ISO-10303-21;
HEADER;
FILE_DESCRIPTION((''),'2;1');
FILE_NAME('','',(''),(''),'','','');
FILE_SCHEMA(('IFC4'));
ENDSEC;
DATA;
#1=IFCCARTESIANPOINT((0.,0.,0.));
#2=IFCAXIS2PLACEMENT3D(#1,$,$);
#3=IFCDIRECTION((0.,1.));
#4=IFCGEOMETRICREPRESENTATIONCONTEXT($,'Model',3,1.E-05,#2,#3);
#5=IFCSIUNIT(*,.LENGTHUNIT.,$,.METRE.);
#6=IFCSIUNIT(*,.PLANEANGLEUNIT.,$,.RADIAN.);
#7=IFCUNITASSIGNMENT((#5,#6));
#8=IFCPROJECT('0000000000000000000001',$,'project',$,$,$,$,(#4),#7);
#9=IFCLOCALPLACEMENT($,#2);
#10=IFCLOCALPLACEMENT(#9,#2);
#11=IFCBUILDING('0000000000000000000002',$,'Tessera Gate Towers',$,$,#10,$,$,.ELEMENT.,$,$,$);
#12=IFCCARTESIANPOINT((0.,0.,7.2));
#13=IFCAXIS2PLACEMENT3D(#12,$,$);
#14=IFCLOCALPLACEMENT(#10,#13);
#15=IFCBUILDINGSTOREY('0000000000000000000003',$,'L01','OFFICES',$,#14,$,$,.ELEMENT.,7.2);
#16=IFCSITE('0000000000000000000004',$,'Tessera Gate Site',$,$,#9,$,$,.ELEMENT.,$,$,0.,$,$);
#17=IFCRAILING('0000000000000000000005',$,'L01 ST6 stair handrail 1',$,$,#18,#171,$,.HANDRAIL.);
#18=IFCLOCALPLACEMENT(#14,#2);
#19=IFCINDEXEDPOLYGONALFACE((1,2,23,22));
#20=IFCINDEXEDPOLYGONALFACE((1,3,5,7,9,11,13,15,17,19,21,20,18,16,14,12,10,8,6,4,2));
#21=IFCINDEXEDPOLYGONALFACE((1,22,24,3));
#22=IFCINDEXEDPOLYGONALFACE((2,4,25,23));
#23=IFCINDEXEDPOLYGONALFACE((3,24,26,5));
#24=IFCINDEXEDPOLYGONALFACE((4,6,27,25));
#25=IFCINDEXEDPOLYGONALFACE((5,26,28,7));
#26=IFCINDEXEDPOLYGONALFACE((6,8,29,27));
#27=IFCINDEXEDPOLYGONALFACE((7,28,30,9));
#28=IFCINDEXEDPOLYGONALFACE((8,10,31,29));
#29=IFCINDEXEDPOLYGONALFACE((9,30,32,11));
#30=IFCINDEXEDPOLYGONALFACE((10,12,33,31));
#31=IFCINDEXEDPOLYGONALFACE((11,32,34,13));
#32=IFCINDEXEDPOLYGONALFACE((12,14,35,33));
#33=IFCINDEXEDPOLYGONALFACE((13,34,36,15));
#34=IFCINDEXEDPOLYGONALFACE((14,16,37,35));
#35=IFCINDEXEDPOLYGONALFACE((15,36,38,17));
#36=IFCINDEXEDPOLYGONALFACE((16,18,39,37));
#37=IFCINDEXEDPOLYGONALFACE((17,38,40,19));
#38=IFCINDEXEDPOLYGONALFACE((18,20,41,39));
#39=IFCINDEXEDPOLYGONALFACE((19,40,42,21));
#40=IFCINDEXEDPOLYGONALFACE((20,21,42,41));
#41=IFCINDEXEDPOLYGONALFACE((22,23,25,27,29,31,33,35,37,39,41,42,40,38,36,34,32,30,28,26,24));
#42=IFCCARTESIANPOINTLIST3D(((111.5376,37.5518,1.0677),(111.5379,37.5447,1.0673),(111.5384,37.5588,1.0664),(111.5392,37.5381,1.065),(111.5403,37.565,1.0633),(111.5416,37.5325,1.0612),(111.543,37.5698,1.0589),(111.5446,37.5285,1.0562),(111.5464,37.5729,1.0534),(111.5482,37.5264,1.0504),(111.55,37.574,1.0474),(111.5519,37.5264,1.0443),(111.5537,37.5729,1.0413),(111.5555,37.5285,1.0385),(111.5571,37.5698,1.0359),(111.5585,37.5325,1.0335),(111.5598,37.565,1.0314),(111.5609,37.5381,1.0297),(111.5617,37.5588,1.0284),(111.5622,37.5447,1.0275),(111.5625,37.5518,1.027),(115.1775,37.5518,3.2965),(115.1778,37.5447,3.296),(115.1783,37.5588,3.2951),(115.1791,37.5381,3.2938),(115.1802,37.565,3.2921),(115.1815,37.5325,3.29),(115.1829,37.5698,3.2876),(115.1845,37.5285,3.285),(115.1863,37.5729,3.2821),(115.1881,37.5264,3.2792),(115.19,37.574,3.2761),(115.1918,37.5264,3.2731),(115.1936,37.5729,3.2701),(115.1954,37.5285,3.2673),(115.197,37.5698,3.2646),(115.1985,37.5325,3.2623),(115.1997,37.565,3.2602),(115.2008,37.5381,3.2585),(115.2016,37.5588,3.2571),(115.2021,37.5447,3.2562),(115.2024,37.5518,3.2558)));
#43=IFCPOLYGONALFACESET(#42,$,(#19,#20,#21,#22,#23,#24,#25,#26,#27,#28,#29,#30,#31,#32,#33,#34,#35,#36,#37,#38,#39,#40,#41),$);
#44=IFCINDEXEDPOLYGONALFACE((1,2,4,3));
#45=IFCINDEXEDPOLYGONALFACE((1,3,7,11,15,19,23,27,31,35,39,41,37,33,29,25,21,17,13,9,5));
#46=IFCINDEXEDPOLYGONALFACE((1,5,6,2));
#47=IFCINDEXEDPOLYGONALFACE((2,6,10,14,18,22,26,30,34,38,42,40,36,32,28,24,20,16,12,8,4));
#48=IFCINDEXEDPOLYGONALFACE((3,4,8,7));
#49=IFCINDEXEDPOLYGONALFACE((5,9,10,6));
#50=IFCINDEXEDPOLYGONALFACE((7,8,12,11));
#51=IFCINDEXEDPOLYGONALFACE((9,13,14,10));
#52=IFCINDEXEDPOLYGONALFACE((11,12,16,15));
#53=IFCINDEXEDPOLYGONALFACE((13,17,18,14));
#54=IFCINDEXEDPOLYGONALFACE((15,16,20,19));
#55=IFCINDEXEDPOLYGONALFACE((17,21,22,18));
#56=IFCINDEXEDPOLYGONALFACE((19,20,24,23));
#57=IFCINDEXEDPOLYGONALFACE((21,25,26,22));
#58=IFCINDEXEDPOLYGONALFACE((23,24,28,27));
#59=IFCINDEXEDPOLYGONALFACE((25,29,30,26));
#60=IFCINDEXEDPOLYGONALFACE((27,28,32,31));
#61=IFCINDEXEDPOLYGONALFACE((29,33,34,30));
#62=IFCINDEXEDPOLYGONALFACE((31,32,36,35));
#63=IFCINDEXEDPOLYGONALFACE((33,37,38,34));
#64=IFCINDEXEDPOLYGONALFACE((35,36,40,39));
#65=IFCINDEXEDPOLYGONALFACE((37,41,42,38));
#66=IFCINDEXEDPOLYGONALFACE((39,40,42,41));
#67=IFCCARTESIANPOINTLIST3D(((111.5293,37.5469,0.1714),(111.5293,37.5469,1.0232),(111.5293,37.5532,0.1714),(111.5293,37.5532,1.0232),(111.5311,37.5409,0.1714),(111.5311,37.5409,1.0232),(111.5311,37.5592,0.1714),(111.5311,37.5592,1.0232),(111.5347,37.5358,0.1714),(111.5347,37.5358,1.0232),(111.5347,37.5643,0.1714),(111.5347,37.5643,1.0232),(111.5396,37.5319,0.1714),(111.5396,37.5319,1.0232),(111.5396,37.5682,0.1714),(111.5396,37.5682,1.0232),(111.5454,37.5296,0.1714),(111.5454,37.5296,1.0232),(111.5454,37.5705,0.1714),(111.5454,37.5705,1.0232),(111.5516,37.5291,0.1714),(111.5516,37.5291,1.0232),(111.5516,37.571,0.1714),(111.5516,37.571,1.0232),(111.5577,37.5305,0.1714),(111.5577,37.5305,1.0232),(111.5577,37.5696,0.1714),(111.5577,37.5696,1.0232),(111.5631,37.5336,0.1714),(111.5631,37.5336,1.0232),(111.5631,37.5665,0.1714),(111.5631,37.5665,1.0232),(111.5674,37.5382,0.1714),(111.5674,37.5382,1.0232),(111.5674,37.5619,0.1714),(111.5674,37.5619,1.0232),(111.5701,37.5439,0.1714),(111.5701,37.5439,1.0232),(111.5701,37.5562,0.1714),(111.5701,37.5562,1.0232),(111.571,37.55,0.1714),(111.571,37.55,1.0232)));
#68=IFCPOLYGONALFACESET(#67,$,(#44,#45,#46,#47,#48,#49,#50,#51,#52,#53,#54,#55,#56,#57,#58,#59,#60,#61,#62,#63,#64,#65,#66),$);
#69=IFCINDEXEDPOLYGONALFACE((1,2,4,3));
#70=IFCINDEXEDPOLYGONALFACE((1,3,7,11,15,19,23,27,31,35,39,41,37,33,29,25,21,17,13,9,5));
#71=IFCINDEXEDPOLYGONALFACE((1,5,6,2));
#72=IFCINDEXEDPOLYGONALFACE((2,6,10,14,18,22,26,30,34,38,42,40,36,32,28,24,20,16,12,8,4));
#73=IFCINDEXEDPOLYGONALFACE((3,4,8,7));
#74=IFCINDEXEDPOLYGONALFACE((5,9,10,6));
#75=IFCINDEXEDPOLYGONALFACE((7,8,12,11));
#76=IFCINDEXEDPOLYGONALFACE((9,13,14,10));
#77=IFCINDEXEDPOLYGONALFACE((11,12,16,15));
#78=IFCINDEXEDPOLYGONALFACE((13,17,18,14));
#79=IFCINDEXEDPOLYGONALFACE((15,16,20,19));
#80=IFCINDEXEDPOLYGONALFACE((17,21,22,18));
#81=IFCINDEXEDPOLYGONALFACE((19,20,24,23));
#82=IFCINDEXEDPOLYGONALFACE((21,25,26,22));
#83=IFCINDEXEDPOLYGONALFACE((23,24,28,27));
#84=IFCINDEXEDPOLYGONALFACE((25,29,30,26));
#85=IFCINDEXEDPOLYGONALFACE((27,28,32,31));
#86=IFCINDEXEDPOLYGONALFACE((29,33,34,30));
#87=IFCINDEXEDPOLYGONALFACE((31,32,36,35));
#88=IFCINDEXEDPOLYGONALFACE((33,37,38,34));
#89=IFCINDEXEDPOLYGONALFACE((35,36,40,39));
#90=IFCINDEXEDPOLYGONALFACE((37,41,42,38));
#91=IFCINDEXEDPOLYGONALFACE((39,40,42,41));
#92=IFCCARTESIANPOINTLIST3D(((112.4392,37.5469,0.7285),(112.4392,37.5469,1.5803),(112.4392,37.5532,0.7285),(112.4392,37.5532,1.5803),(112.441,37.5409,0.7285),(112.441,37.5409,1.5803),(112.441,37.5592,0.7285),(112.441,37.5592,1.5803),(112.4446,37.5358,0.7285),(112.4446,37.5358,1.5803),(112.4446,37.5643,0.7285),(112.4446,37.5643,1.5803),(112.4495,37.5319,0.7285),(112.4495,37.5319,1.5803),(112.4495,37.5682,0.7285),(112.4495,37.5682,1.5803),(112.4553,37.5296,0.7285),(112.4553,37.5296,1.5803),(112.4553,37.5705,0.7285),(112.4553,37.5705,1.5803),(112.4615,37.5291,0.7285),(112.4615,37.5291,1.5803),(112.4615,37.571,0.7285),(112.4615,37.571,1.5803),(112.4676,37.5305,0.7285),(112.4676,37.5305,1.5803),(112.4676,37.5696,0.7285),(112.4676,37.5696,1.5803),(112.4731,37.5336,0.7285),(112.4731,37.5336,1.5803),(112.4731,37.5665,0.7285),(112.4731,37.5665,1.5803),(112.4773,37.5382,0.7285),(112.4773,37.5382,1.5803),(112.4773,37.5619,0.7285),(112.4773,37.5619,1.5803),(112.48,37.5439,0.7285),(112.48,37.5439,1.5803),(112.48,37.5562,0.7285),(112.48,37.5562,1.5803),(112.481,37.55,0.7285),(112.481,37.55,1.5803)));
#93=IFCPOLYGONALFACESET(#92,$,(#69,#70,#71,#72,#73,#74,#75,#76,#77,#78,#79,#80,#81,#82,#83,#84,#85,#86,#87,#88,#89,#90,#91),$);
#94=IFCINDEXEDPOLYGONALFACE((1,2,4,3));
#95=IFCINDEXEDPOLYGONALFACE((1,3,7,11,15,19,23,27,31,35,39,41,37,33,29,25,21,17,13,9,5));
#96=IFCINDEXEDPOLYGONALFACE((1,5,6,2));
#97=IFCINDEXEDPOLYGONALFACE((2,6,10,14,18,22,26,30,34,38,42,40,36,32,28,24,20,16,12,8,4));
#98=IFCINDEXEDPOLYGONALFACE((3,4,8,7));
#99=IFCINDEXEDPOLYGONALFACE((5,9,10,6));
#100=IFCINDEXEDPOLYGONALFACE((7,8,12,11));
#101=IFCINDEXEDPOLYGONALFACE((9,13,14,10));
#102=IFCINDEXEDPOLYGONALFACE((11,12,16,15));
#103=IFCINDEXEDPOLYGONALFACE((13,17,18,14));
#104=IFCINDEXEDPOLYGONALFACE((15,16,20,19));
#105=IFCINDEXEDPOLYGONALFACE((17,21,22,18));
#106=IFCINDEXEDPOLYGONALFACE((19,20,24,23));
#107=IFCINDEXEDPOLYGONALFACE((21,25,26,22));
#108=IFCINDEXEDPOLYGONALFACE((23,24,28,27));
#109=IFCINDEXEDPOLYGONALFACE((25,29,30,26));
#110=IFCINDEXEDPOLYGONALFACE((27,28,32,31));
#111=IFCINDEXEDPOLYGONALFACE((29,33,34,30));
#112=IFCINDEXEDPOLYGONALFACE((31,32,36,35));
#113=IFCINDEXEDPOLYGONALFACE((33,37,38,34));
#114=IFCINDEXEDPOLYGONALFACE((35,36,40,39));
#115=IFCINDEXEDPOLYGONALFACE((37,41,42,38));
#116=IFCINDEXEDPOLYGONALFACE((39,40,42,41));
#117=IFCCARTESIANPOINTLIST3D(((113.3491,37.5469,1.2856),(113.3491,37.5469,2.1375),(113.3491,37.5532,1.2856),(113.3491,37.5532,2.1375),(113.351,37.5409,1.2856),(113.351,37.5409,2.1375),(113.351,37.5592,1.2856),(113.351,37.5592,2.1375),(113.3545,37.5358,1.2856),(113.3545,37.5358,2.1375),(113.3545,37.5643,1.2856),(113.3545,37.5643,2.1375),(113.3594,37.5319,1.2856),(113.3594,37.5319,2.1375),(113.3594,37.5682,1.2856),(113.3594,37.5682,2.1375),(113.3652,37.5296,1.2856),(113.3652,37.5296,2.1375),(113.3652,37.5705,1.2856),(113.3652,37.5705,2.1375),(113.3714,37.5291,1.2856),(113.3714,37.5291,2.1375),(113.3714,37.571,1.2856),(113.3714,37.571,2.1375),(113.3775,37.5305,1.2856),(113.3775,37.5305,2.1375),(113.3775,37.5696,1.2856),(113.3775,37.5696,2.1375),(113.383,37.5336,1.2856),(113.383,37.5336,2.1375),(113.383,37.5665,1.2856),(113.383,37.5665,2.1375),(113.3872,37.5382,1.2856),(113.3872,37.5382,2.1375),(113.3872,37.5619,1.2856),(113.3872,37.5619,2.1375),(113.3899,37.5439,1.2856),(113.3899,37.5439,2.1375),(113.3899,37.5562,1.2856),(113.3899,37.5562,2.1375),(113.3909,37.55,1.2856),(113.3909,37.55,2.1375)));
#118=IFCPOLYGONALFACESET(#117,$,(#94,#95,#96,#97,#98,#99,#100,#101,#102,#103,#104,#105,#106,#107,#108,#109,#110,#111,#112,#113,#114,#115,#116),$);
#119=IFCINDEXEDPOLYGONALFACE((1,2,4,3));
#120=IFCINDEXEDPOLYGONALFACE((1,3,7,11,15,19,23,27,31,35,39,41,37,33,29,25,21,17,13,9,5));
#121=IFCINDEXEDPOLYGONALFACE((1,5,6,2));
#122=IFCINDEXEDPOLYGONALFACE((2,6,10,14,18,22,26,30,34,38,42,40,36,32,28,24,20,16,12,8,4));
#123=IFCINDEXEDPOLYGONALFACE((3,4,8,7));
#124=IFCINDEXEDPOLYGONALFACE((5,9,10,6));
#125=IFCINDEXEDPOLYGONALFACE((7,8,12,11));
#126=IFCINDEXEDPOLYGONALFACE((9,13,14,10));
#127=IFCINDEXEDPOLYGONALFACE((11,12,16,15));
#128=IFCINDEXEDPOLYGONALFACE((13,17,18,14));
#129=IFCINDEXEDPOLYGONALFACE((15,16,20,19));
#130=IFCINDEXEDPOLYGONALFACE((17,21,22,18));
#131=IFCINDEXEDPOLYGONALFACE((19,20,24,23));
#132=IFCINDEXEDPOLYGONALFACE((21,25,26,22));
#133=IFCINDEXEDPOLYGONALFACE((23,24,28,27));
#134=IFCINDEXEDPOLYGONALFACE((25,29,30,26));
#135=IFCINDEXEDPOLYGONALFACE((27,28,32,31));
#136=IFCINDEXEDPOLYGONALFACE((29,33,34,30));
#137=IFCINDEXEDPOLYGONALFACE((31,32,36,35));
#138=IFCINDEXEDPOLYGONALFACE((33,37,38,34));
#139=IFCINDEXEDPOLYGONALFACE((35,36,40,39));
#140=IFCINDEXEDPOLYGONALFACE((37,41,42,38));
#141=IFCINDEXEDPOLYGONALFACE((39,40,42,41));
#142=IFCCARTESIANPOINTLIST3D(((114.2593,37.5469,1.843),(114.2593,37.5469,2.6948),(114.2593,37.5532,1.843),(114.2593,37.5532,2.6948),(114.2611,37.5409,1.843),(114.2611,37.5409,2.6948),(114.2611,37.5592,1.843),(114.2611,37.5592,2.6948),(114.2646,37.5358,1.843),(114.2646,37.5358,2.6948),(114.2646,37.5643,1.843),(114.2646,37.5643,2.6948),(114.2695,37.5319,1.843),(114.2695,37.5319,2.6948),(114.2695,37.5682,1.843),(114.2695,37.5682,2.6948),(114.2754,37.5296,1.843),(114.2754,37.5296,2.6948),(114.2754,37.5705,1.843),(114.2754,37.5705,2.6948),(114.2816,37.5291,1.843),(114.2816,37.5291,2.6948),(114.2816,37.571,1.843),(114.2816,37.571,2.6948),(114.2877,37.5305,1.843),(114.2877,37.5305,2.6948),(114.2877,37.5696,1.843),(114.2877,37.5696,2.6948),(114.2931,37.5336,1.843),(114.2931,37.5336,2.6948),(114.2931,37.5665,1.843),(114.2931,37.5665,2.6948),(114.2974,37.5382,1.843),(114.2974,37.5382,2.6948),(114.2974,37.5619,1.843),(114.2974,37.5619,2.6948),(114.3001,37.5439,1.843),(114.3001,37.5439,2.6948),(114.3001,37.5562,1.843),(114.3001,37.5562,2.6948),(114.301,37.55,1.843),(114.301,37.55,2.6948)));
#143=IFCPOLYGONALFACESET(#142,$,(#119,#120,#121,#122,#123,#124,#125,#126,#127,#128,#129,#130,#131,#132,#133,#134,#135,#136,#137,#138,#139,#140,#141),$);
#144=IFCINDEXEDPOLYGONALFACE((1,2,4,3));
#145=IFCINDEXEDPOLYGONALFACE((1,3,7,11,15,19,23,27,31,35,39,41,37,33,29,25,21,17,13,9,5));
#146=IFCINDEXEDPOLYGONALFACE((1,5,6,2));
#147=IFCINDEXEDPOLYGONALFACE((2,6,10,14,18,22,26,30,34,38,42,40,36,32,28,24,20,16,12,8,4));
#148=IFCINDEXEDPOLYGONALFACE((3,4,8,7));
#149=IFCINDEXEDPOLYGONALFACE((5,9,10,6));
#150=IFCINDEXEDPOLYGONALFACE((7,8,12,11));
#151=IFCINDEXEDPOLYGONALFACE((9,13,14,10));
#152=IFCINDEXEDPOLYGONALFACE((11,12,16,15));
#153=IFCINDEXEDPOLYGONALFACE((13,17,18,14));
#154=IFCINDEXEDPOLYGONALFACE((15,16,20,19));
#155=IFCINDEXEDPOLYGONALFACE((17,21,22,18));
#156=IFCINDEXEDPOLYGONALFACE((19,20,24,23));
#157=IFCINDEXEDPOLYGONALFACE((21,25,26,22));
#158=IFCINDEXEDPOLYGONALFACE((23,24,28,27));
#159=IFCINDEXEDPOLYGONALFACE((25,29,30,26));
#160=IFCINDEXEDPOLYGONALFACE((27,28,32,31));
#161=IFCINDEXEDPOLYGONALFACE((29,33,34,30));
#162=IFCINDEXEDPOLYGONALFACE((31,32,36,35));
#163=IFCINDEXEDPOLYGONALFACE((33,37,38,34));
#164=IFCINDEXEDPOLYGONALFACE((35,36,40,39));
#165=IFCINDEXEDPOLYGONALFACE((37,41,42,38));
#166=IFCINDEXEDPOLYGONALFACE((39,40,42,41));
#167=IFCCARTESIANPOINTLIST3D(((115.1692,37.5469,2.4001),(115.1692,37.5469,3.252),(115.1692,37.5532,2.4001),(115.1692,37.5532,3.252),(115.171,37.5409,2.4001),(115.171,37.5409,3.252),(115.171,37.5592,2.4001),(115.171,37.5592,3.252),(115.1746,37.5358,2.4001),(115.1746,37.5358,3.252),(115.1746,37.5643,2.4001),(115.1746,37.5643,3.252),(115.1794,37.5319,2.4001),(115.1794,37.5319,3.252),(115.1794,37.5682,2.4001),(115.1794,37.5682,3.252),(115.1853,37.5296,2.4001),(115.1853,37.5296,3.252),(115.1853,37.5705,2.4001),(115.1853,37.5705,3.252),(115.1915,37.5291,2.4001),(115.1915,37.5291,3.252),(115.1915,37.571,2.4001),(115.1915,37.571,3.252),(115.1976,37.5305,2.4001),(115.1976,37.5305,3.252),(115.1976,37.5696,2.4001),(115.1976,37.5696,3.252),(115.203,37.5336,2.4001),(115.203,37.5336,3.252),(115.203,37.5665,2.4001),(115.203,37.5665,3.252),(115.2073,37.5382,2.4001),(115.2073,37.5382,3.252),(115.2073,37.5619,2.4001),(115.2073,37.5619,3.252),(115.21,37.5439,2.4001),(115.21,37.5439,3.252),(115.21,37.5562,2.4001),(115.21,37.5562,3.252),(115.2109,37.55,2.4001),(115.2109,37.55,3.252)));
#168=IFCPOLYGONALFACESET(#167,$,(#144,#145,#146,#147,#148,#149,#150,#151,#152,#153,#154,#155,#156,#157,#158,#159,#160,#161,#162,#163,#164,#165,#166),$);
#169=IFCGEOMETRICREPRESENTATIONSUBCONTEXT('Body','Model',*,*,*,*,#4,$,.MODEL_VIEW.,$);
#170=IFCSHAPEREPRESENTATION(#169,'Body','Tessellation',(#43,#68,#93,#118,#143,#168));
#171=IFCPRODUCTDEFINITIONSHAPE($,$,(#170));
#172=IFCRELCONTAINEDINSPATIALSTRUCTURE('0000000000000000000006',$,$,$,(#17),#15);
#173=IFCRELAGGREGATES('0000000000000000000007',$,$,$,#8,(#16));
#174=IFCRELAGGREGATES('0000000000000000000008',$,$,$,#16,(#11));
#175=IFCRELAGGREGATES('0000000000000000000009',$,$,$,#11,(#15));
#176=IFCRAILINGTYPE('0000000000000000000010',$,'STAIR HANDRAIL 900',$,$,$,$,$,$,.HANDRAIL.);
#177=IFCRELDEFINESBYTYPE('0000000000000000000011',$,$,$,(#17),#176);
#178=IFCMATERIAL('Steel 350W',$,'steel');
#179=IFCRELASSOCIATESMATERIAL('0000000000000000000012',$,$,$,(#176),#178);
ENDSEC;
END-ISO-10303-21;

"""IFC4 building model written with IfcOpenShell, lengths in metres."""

from ifc_helpers import new_model, si_unit, direction, frame, origin, origin_2d, place, context, subcontext, project, spatial, circle, extrude, material, type_object, element, save


model = new_model("IFC4")

# Units and contexts
model_context = context("Model", 3, precision=1e-05, world=origin(), true_north=direction((0.0, 1.0)))
body_context = subcontext(model_context, "Body", "Model", "MODEL_VIEW")
ifc_project = project(units=[si_unit("LENGTHUNIT", "METRE"), si_unit("PLANEANGLEUNIT", "RADIAN")], contexts=[model_context])

# Site, building, storey
site_placement = place(None, origin())
site = spatial("IfcSite", under=ifc_project, at=site_placement, Name="Tessera Gate Site", CompositionType="ELEMENT", RefElevation=0.0)
building_placement = place(site_placement, origin())
building = spatial("IfcBuilding", under=site, at=building_placement, Name="Tessera Gate Towers", CompositionType="ELEMENT")
storey_placement = place(building_placement, frame((0.0, 0.0, 7.2)))
storey = spatial("IfcBuildingStorey", under=building, at=storey_placement, Name="L01", Description="OFFICES", CompositionType="ELEMENT", Elevation=7.2)

# Railing
ifc_material_1 = material(Name="Steel 350W", Category="steel")
railing_type_1 = type_object("IfcRailingType", Name="STAIR HANDRAIL 900", PredefinedType="HANDRAIL", material=ifc_material_1)
railing_1_placement = place(storey_placement, frame((111.55, 37.55, 0.1714)))
element("IfcRailing", 1, at=railing_1_placement, inside=storey, type_object=railing_type_1, Name="L01 ST6 stair handrail 1", PredefinedType="HANDRAIL", context=body_context, shape_type="SweptSolid", body=[
    extrude(circle(Radius=0.0239, at=origin_2d()), frame((0.0, 0.0, 0.876), z_axis=(0.852825, 0.0, 0.522197), x_axis=(0.0, 1.0, 0.0)), (0.0, 0.0, 1.0), 4.2681),
    extrude(circle(Radius=0.021, at=origin_2d()), origin(), (0.0, 0.0, 1.0), 0.8518),
    extrude(circle(Radius=0.021, at=origin_2d()), frame((0.9099, 0.0, 0.5571)), (0.0, 0.0, 1.0), 0.8518),
    extrude(circle(Radius=0.021, at=origin_2d()), frame((1.8198, 0.0, 1.1143)), (0.0, 0.0, 1.0), 0.8518),
    extrude(circle(Radius=0.021, at=origin_2d()), frame((2.73, 0.0, 1.6716)), (0.0, 0.0, 1.0), 0.8518),
    extrude(circle(Radius=0.021, at=origin_2d()), frame((3.6399, 0.0, 2.2288)), (0.0, 0.0, 1.0), 0.8518),
])

save(model, "model.ifc")
